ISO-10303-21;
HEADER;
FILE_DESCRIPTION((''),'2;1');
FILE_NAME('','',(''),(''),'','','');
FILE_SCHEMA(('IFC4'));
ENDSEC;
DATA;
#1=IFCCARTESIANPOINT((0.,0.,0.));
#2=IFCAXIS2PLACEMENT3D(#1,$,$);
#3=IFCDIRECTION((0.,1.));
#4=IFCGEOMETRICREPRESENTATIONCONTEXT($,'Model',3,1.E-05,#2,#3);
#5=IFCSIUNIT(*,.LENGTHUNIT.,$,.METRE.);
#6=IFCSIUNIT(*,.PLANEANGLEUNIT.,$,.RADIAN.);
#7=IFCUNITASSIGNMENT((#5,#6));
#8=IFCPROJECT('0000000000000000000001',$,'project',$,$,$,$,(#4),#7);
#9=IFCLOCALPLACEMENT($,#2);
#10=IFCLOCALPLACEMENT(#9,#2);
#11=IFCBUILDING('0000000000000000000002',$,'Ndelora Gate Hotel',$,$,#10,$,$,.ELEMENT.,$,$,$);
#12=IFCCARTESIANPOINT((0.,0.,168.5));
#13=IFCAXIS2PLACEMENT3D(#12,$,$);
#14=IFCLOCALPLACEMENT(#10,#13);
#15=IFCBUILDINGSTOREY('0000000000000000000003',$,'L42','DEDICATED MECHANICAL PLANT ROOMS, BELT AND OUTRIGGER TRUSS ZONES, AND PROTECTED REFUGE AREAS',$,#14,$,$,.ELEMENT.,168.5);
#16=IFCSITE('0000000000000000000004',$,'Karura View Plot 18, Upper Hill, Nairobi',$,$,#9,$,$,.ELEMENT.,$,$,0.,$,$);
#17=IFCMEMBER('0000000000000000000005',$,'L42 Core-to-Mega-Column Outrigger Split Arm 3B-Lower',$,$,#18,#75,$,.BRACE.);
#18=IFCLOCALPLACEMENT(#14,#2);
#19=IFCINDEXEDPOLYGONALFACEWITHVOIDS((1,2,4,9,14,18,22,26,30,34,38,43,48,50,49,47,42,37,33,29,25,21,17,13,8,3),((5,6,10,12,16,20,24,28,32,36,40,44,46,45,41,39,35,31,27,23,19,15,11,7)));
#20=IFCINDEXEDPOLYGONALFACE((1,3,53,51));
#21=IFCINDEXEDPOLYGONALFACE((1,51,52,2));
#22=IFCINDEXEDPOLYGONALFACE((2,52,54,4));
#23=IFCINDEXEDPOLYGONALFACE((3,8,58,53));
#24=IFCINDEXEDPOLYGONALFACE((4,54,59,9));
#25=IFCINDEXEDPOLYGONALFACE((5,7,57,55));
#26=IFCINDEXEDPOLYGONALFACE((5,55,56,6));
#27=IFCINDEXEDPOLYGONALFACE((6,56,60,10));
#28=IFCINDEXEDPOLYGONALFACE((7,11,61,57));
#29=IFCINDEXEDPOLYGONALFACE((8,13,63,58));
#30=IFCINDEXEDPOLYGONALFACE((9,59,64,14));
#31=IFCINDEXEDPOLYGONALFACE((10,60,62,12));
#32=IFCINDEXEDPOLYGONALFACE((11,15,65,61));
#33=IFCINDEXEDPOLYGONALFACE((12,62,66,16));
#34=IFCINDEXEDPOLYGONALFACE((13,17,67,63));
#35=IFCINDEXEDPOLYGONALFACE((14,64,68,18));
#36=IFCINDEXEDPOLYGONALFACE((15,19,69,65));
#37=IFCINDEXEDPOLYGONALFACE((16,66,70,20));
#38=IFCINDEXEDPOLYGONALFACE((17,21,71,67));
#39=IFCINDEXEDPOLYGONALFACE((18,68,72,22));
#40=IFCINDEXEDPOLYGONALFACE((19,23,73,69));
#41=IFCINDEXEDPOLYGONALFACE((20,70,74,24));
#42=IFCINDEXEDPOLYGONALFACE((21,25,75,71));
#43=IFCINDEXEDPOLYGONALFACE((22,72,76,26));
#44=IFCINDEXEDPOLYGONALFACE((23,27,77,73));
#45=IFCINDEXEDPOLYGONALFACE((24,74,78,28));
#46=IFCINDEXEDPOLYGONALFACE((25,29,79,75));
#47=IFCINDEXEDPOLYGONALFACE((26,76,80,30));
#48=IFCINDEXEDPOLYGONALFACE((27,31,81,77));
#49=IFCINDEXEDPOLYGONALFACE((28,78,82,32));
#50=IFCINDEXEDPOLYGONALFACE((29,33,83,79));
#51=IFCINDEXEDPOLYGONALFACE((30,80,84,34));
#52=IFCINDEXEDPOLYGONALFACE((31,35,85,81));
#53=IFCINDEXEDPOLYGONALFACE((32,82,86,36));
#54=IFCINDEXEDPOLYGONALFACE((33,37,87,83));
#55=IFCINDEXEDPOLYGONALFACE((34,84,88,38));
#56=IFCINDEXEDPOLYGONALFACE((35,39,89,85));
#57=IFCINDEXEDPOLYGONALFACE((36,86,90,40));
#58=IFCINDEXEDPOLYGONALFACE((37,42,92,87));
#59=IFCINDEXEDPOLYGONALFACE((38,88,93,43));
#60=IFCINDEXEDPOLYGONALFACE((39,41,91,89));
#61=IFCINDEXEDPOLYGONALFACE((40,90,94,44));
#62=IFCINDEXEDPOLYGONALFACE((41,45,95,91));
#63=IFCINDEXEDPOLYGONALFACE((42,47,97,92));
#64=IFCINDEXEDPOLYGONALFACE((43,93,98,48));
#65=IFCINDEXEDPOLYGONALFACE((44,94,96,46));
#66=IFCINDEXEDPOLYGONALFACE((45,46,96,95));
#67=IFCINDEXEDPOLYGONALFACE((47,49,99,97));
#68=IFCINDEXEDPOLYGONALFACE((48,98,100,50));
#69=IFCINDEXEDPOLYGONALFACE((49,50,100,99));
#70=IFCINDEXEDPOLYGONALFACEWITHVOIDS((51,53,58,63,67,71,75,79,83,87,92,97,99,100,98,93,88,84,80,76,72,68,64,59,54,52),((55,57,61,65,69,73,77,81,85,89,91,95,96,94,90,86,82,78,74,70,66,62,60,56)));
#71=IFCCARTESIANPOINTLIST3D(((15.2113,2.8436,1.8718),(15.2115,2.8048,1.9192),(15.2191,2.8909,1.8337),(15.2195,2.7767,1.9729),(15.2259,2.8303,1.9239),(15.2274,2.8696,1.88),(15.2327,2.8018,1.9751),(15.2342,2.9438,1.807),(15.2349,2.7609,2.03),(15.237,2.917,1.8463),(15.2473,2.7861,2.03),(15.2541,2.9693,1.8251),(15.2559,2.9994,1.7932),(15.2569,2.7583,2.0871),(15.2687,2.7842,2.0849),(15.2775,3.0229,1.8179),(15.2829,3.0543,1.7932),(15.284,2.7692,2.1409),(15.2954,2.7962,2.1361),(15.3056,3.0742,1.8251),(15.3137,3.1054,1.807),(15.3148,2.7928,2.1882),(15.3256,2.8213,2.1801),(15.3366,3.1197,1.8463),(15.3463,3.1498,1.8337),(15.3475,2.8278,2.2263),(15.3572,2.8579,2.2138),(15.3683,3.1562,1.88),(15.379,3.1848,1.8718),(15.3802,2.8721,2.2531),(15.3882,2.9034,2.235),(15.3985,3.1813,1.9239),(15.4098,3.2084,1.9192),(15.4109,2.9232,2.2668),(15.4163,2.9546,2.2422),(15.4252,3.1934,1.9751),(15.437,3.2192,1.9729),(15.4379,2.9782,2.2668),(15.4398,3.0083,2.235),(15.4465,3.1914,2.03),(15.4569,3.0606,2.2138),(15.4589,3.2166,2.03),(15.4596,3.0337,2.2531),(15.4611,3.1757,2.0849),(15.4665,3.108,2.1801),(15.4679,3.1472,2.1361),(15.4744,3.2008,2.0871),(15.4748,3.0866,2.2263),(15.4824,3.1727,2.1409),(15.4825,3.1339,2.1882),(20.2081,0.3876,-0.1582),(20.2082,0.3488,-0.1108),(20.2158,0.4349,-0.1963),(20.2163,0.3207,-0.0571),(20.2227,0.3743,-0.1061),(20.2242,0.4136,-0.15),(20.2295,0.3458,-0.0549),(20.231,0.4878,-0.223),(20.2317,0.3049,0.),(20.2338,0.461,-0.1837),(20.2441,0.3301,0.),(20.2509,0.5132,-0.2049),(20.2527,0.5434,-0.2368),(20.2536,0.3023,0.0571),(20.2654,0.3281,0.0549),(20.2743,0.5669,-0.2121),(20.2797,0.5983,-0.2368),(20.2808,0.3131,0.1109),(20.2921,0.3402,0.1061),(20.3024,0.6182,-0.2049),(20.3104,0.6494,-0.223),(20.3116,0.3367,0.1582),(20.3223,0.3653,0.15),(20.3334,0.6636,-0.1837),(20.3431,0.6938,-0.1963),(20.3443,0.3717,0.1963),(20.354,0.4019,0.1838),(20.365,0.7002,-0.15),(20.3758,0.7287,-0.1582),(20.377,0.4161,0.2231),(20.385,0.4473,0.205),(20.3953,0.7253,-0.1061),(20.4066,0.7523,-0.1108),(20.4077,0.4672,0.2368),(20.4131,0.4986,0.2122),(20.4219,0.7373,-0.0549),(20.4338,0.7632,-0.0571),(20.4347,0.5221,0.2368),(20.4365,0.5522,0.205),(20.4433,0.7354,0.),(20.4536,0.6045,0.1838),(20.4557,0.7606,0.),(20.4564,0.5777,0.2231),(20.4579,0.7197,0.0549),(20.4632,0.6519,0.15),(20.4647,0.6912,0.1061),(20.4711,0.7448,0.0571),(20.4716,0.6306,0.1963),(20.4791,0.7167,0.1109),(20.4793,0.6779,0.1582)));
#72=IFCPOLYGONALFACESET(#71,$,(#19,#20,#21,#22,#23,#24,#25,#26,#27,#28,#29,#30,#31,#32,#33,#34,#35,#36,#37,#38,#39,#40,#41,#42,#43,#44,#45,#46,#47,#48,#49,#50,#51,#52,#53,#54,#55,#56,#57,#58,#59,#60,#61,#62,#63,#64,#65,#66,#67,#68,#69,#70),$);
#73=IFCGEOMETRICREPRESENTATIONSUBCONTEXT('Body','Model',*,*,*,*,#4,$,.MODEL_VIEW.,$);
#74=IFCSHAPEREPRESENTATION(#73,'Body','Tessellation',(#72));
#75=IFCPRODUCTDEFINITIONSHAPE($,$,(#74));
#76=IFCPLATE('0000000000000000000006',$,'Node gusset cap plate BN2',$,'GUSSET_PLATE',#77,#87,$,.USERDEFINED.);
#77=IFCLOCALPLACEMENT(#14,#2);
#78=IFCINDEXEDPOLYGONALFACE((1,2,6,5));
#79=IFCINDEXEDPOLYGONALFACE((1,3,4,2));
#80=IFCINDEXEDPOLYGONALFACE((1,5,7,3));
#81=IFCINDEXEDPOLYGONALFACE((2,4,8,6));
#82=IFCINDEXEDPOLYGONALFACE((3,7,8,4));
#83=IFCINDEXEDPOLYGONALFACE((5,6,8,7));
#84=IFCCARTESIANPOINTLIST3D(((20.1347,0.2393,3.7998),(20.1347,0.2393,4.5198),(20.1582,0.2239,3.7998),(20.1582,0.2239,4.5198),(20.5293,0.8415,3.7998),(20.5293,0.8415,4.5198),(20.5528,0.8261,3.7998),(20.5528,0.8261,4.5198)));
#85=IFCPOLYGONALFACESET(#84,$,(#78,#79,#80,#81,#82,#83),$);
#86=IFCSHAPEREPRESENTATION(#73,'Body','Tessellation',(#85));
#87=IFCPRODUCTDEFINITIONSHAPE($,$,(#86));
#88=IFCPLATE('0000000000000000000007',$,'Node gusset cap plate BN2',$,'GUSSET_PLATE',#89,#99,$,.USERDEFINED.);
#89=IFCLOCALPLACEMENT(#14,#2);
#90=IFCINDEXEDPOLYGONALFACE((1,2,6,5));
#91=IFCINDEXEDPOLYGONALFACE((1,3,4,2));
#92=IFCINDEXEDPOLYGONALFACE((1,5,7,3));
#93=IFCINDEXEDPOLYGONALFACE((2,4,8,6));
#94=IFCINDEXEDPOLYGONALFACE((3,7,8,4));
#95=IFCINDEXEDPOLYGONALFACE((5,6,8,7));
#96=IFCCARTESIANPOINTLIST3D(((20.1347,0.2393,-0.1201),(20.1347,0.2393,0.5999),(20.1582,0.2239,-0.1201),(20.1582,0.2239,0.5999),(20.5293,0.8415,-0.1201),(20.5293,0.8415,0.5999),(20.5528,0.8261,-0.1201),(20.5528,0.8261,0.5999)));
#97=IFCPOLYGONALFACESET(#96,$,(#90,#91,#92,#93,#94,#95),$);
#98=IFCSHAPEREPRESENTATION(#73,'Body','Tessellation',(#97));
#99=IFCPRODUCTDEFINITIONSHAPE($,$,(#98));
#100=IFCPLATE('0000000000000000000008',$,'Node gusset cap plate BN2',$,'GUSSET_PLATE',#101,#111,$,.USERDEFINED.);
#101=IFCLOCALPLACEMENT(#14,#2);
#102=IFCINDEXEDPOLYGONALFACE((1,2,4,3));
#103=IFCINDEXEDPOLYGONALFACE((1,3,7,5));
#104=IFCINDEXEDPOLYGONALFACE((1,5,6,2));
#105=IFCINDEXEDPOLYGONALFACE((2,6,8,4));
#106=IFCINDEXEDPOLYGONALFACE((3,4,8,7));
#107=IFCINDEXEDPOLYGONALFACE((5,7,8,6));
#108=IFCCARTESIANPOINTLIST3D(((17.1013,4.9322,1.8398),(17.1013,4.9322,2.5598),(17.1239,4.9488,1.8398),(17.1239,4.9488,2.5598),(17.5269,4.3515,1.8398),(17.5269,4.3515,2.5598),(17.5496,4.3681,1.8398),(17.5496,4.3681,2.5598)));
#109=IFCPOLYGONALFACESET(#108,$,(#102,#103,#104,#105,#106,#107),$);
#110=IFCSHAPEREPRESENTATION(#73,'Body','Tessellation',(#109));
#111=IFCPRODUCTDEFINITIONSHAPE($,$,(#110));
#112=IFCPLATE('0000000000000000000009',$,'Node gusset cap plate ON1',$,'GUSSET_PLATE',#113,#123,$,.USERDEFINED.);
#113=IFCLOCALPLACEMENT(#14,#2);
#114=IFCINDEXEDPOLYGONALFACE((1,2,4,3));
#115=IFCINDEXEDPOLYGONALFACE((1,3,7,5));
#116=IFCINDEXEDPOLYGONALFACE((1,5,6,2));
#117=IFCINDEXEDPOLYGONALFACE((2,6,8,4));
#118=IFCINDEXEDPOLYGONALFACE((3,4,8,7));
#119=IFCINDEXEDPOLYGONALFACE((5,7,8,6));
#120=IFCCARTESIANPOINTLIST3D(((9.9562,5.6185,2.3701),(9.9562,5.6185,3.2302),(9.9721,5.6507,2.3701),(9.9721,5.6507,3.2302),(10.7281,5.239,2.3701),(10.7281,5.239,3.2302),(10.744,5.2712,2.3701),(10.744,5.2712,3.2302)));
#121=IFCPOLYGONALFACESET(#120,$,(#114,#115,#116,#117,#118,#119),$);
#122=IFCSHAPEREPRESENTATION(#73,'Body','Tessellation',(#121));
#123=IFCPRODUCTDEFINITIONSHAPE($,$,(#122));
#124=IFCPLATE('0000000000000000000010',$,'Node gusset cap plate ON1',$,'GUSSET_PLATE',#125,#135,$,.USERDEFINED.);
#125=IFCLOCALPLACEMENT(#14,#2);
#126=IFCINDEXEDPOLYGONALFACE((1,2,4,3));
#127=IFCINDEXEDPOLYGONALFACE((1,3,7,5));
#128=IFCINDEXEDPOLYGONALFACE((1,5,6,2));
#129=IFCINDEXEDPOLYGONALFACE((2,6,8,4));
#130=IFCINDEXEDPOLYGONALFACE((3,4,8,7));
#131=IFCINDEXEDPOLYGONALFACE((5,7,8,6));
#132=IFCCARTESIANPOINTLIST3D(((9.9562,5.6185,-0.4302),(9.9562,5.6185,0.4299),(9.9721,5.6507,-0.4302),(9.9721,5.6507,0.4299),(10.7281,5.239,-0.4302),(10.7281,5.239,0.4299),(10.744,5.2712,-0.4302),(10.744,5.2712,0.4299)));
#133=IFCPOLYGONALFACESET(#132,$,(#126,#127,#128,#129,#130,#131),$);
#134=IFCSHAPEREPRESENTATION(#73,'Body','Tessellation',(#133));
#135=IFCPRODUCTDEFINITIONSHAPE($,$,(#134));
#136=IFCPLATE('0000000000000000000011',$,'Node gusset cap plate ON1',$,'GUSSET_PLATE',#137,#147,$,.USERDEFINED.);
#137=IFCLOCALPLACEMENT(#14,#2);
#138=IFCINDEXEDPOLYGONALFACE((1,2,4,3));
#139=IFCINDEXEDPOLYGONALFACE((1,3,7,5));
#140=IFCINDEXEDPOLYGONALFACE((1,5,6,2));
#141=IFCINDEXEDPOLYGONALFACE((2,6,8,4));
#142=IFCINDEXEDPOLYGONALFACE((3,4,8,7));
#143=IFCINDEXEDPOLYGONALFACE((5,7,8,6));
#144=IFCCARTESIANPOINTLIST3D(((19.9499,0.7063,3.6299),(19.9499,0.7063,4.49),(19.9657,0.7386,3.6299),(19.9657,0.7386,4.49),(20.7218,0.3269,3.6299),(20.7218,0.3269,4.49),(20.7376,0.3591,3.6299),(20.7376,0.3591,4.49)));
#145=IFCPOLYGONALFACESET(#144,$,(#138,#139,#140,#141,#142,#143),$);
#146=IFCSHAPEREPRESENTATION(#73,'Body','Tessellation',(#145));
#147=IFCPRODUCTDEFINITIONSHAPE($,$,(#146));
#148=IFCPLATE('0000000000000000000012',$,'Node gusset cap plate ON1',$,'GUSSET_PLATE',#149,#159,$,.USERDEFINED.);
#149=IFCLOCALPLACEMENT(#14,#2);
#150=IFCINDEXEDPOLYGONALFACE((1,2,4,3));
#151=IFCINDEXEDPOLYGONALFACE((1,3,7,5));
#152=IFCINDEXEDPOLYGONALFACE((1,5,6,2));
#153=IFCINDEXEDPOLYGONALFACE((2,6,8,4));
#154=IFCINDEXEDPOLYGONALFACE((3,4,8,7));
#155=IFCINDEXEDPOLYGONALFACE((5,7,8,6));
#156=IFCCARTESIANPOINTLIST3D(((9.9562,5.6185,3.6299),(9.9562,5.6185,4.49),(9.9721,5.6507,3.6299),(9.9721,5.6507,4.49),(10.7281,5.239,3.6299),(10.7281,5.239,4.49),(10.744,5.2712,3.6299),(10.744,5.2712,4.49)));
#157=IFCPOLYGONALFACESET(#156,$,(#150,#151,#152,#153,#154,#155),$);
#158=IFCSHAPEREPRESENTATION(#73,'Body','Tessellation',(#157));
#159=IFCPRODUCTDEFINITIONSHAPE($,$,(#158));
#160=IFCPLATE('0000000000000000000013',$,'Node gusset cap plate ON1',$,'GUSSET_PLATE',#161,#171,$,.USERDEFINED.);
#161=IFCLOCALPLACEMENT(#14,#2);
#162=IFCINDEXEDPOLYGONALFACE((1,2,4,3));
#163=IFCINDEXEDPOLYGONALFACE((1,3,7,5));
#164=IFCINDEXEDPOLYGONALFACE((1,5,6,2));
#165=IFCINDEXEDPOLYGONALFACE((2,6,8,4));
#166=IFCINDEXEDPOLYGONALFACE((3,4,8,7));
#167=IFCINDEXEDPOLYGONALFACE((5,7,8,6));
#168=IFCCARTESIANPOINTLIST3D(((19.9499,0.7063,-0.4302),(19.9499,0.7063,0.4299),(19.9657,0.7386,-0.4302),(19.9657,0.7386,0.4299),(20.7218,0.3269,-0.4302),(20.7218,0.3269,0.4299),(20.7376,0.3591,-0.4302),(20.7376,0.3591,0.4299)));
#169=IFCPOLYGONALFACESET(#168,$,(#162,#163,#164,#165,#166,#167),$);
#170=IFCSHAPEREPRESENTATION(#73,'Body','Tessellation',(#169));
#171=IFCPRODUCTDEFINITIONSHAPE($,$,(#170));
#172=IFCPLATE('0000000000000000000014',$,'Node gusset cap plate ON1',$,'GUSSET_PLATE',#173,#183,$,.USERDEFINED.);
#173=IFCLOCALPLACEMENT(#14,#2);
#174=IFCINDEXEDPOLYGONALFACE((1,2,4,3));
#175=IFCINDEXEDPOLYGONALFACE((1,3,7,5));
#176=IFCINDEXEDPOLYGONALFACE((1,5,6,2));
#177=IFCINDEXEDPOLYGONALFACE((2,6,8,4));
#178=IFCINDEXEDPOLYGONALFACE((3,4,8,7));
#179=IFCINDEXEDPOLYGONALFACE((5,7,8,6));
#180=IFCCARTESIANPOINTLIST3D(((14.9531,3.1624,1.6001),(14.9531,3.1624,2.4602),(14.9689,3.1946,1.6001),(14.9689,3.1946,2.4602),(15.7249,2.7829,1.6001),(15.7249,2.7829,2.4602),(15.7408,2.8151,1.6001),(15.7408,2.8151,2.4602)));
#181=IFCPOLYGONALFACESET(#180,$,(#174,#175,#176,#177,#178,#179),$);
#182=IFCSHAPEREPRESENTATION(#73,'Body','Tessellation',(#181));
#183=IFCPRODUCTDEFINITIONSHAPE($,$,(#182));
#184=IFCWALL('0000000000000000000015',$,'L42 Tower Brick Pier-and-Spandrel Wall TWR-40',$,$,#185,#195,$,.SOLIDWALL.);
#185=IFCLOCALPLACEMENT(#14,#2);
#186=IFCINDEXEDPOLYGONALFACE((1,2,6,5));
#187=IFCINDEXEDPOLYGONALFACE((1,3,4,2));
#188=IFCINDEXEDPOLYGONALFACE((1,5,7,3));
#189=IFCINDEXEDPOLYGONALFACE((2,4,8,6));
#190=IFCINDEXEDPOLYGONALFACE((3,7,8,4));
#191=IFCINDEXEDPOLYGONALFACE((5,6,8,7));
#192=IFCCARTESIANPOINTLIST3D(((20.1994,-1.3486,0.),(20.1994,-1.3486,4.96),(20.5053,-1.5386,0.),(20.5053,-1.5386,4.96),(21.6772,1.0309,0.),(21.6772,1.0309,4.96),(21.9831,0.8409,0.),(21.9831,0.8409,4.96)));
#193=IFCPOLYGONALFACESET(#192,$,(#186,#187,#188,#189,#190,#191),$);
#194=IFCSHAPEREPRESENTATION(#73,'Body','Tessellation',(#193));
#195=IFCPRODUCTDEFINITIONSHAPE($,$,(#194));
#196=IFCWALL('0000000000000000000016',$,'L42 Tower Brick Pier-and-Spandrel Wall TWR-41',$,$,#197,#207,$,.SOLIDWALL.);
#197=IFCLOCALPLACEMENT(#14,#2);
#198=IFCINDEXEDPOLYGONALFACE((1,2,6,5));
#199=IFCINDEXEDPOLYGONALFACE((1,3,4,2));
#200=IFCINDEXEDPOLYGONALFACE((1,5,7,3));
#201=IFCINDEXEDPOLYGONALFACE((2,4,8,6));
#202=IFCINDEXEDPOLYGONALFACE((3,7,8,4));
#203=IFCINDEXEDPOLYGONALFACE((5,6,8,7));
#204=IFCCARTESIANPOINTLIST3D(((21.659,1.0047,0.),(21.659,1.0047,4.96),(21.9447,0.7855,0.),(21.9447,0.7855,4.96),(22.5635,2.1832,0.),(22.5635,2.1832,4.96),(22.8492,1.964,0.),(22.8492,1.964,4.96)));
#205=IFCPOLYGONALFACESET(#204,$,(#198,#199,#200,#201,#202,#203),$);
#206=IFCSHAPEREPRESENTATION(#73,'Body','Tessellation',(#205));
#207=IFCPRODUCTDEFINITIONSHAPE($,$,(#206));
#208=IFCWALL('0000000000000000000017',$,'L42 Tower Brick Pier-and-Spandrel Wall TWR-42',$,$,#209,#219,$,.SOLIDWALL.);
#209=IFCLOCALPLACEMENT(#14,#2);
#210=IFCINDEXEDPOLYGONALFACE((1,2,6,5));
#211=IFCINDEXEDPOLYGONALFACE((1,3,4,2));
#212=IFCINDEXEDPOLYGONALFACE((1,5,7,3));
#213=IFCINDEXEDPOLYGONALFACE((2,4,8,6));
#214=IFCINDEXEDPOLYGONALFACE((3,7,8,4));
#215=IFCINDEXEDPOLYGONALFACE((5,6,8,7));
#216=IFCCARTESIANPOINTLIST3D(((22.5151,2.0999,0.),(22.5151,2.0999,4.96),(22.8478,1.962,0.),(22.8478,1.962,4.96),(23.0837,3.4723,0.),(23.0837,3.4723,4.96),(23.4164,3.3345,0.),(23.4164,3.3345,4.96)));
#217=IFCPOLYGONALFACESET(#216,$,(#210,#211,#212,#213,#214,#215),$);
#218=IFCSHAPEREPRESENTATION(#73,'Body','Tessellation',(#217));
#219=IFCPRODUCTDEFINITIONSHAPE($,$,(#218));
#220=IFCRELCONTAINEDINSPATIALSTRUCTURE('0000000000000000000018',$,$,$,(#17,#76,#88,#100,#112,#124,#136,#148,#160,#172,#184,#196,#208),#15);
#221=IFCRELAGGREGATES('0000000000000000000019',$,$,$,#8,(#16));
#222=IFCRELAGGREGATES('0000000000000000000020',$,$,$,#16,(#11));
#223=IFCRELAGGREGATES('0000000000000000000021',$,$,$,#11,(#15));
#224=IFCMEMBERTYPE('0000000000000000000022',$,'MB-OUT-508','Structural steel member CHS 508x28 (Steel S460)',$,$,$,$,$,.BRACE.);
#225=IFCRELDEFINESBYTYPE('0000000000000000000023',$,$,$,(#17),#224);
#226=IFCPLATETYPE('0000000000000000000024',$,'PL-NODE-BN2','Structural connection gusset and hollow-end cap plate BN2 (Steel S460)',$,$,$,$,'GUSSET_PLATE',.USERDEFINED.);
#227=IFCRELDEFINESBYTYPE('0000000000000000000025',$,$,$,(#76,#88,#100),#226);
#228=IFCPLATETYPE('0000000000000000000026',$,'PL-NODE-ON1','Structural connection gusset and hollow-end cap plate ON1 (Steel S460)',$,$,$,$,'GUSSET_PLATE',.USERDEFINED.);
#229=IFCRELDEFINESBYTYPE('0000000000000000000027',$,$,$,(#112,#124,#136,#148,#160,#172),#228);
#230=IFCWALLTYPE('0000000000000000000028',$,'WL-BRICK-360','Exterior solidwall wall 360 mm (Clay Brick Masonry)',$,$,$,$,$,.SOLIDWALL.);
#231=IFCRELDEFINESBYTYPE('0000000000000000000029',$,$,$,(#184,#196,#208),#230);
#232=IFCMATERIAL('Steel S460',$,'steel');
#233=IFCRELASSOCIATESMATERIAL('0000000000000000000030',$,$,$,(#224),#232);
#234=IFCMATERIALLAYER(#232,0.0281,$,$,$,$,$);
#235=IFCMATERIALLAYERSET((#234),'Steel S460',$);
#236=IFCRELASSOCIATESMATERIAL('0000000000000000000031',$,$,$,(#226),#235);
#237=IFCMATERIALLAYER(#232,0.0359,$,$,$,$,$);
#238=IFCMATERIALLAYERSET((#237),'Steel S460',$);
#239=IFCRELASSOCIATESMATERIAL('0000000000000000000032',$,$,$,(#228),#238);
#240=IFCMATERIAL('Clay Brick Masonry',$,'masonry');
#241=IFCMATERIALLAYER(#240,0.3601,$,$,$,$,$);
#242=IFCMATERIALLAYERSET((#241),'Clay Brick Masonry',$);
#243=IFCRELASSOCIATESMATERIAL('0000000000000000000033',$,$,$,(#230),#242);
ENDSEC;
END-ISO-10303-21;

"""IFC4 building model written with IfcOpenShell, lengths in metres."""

from ifc_helpers import new_model, si_unit, direction, frame, frame_2d, origin, origin_2d, place, context, subcontext, project, spatial, rectangle, hollow_circle, extrude, material, layer, layer_set, material_profile, profile_set, type_object, element, save


model = new_model("IFC4")

# Units and contexts
model_context = context("Model", 3, precision=1e-05, world=origin(), true_north=direction((0.0, 1.0)))
body_context = subcontext(model_context, "Body", "Model", "MODEL_VIEW")
ifc_project = project(units=[si_unit("LENGTHUNIT", "METRE"), si_unit("PLANEANGLEUNIT", "RADIAN")], contexts=[model_context])

# Site, building, storey
site_placement = place(None, origin())
site = spatial("IfcSite", under=ifc_project, at=site_placement, Name="Karura View Plot 18, Upper Hill, Nairobi", CompositionType="ELEMENT", RefElevation=0.0)
building_placement = place(site_placement, origin())
building = spatial("IfcBuilding", under=site, at=building_placement, Name="Ndelora Gate Hotel", CompositionType="ELEMENT")
storey_placement = place(building_placement, frame((0.0, 0.0, 168.5)))
storey = spatial("IfcBuildingStorey", under=building, at=storey_placement, Name="L42", Description="DEDICATED MECHANICAL PLANT ROOMS, BELT AND OUTRIGGER TRUSS ZONES, AND PROTECTED REFUGE AREAS", CompositionType="ELEMENT", Elevation=168.5)

# Shared definitions
ifc_material_1 = material(Name="Steel S460", Category="steel")

# Member
ifc_material_profile_1 = material_profile(ifc_material_1, hollow_circle(Radius=0.2539, WallThickness=0.0281, at=origin_2d()), Name="CHS 508x28")
ifc_profile_set_1 = profile_set([ifc_material_profile_1], Name="Steel S460")
member_type_1 = type_object("IfcMemberType", Name="MB-OUT-508", Description="Structural steel member CHS 508x28 (Steel S460)", PredefinedType="BRACE", material=ifc_profile_set_1)
for number, where, z_axis, x_axis, name in (
    (1, (15.3469, 2.9888, 2.03), (0.843156, -0.41443, -0.342544), (0.441117, 0.89745, 0.0), "L42 Core-to-Mega-Column Outrigger Split Arm 3B-Lower"),
):
    element("IfcMember", number, at=place(storey_placement, frame(where, z_axis=z_axis, x_axis=x_axis)), inside=storey, type_object=member_type_1, Name=name, PredefinedType="BRACE", context=body_context, shape_type="SweptSolid", body=[
        extrude(hollow_circle(Radius=0.2539, WallThickness=0.0281, at=origin_2d()), origin(), (0.0, 0.0, 1.0), 5.9263),
    ])

# Plates
ifc_layer_1 = layer(ifc_material_1, 0.0281)
ifc_layer_set_1 = layer_set([ifc_layer_1], Name="Steel S460")
plate_type_1 = type_object("IfcPlateType", Name="PL-NODE-BN2", Description="Structural connection gusset and hollow-end cap plate BN2 (Steel S460)", ElementType="GUSSET_PLATE", PredefinedType="USERDEFINED", material=ifc_layer_set_1)
for number, where, z_axis, x_axis, name in (
    (2, (20.3438, 0.5327, 3.7998), (0.0, 0.0, 1.0), (0.548147, 0.836382, 0.0), "Node gusset cap plate BN2"),
    (3, (20.3438, 0.5327, -0.1201), (0.0, 0.0, 1.0), (0.548147, 0.836382, 0.0), "Node gusset cap plate BN2"),
    (4, (17.3254, 4.6501, 1.8398), (0.0, 0.0, 1.0), (-0.591169, 0.806548, 0.0), "Node gusset cap plate BN2"),
):
    element("IfcPlate", number, at=place(storey_placement, frame(where, z_axis=z_axis, x_axis=x_axis)), inside=storey, type_object=plate_type_1, Name=name, ObjectType="GUSSET_PLATE", PredefinedType="USERDEFINED", context=body_context, shape_type="SweptSolid", body=[
        extrude(rectangle(XDim=0.72, YDim=0.0281, at=origin_2d()), origin(), (0.0, 0.0, 1.0), 0.72),
    ])
ifc_layer_2 = layer(ifc_material_1, 0.0359)
ifc_layer_set_2 = layer_set([ifc_layer_2], Name="Steel S460")
plate_type_2 = type_object("IfcPlateType", Name="PL-NODE-ON1", Description="Structural connection gusset and hollow-end cap plate ON1 (Steel S460)", ElementType="GUSSET_PLATE", PredefinedType="USERDEFINED", material=ifc_layer_set_2)
for number, where, z_axis, x_axis, name in (
    (5, (10.3501, 5.4448, 2.3701), (0.0, 0.0, 1.0), (-0.897412, 0.441193, 0.0), "Node gusset cap plate ON1"),
    (6, (10.3501, 5.4448, -0.4302), (0.0, 0.0, 1.0), (-0.897412, 0.441193, 0.0), "Node gusset cap plate ON1"),
    (7, (20.3438, 0.5327, 3.6299), (0.0, 0.0, 1.0), (-0.897412, 0.441193, 0.0), "Node gusset cap plate ON1"),
    (8, (10.3501, 5.4448, 3.6299), (0.0, 0.0, 1.0), (-0.897412, 0.441193, 0.0), "Node gusset cap plate ON1"),
    (9, (20.3438, 0.5327, -0.4302), (0.0, 0.0, 1.0), (-0.897412, 0.441193, 0.0), "Node gusset cap plate ON1"),
    (10, (15.3469, 2.9888, 1.6001), (0.0, 0.0, 1.0), (-0.897412, 0.441193, 0.0), "Node gusset cap plate ON1"),
):
    element("IfcPlate", number, at=place(storey_placement, frame(where, z_axis=z_axis, x_axis=x_axis)), inside=storey, type_object=plate_type_2, Name=name, ObjectType="GUSSET_PLATE", PredefinedType="USERDEFINED", context=body_context, shape_type="SweptSolid", body=[
        extrude(rectangle(XDim=0.8601, YDim=0.0359, at=origin_2d()), origin(), (0.0, 0.0, 1.0), 0.8601),
    ])

# Walls
ifc_material_2 = material(Name="Clay Brick Masonry", Category="masonry")
ifc_layer_3 = layer(ifc_material_2, 0.3601)
ifc_layer_set_3 = layer_set([ifc_layer_3], Name="Clay Brick Masonry")
wall_type_1 = type_object("IfcWallType", Name="WL-BRICK-360", Description="Exterior solidwall wall 360 mm (Clay Brick Masonry)", PredefinedType="SOLIDWALL", material=ifc_layer_set_3)
wall_1_placement = place(storey_placement, frame((21.8301, 0.9358, 0.0), z_axis=(0.0, 0.0, 1.0), x_axis=(-0.527599, -0.849493, 0.0)))
element("IfcWall", 11, at=wall_1_placement, inside=storey, type_object=wall_type_1, Name="L42 Tower Brick Pier-and-Spandrel Wall TWR-40", PredefinedType="SOLIDWALL", context=body_context, shape_type="SweptSolid", body=[
    extrude(rectangle(XDim=2.801, YDim=0.3601, at=frame_2d((1.4004, 0.0))), origin(), (0.0, 0.0, 1.0), 4.96),
])
for number, where, z_axis, x_axis, name in (
    (12, (22.7063, 2.0735, 0.0), (0.0, 0.0, 1.0), (-0.608877, -0.793265, 0.0), "L42 Tower Brick Pier-and-Spandrel Wall TWR-41"),
    (13, (23.25, 3.4033, 0.0), (0.0, 0.0, 1.0), (-0.382724, -0.923863, 0.0), "L42 Tower Brick Pier-and-Spandrel Wall TWR-42"),
):
    element("IfcWall", number, at=place(storey_placement, frame(where, z_axis=z_axis, x_axis=x_axis)), inside=storey, type_object=wall_type_1, Name=name, PredefinedType="SOLIDWALL", context=body_context, shape_type="SweptSolid", body=[
        extrude(rectangle(XDim=1.4856, YDim=0.3601, at=frame_2d((0.7427, 0.0))), origin(), (0.0, 0.0, 1.0), 4.96),
    ])

save(model, "model.ifc")
